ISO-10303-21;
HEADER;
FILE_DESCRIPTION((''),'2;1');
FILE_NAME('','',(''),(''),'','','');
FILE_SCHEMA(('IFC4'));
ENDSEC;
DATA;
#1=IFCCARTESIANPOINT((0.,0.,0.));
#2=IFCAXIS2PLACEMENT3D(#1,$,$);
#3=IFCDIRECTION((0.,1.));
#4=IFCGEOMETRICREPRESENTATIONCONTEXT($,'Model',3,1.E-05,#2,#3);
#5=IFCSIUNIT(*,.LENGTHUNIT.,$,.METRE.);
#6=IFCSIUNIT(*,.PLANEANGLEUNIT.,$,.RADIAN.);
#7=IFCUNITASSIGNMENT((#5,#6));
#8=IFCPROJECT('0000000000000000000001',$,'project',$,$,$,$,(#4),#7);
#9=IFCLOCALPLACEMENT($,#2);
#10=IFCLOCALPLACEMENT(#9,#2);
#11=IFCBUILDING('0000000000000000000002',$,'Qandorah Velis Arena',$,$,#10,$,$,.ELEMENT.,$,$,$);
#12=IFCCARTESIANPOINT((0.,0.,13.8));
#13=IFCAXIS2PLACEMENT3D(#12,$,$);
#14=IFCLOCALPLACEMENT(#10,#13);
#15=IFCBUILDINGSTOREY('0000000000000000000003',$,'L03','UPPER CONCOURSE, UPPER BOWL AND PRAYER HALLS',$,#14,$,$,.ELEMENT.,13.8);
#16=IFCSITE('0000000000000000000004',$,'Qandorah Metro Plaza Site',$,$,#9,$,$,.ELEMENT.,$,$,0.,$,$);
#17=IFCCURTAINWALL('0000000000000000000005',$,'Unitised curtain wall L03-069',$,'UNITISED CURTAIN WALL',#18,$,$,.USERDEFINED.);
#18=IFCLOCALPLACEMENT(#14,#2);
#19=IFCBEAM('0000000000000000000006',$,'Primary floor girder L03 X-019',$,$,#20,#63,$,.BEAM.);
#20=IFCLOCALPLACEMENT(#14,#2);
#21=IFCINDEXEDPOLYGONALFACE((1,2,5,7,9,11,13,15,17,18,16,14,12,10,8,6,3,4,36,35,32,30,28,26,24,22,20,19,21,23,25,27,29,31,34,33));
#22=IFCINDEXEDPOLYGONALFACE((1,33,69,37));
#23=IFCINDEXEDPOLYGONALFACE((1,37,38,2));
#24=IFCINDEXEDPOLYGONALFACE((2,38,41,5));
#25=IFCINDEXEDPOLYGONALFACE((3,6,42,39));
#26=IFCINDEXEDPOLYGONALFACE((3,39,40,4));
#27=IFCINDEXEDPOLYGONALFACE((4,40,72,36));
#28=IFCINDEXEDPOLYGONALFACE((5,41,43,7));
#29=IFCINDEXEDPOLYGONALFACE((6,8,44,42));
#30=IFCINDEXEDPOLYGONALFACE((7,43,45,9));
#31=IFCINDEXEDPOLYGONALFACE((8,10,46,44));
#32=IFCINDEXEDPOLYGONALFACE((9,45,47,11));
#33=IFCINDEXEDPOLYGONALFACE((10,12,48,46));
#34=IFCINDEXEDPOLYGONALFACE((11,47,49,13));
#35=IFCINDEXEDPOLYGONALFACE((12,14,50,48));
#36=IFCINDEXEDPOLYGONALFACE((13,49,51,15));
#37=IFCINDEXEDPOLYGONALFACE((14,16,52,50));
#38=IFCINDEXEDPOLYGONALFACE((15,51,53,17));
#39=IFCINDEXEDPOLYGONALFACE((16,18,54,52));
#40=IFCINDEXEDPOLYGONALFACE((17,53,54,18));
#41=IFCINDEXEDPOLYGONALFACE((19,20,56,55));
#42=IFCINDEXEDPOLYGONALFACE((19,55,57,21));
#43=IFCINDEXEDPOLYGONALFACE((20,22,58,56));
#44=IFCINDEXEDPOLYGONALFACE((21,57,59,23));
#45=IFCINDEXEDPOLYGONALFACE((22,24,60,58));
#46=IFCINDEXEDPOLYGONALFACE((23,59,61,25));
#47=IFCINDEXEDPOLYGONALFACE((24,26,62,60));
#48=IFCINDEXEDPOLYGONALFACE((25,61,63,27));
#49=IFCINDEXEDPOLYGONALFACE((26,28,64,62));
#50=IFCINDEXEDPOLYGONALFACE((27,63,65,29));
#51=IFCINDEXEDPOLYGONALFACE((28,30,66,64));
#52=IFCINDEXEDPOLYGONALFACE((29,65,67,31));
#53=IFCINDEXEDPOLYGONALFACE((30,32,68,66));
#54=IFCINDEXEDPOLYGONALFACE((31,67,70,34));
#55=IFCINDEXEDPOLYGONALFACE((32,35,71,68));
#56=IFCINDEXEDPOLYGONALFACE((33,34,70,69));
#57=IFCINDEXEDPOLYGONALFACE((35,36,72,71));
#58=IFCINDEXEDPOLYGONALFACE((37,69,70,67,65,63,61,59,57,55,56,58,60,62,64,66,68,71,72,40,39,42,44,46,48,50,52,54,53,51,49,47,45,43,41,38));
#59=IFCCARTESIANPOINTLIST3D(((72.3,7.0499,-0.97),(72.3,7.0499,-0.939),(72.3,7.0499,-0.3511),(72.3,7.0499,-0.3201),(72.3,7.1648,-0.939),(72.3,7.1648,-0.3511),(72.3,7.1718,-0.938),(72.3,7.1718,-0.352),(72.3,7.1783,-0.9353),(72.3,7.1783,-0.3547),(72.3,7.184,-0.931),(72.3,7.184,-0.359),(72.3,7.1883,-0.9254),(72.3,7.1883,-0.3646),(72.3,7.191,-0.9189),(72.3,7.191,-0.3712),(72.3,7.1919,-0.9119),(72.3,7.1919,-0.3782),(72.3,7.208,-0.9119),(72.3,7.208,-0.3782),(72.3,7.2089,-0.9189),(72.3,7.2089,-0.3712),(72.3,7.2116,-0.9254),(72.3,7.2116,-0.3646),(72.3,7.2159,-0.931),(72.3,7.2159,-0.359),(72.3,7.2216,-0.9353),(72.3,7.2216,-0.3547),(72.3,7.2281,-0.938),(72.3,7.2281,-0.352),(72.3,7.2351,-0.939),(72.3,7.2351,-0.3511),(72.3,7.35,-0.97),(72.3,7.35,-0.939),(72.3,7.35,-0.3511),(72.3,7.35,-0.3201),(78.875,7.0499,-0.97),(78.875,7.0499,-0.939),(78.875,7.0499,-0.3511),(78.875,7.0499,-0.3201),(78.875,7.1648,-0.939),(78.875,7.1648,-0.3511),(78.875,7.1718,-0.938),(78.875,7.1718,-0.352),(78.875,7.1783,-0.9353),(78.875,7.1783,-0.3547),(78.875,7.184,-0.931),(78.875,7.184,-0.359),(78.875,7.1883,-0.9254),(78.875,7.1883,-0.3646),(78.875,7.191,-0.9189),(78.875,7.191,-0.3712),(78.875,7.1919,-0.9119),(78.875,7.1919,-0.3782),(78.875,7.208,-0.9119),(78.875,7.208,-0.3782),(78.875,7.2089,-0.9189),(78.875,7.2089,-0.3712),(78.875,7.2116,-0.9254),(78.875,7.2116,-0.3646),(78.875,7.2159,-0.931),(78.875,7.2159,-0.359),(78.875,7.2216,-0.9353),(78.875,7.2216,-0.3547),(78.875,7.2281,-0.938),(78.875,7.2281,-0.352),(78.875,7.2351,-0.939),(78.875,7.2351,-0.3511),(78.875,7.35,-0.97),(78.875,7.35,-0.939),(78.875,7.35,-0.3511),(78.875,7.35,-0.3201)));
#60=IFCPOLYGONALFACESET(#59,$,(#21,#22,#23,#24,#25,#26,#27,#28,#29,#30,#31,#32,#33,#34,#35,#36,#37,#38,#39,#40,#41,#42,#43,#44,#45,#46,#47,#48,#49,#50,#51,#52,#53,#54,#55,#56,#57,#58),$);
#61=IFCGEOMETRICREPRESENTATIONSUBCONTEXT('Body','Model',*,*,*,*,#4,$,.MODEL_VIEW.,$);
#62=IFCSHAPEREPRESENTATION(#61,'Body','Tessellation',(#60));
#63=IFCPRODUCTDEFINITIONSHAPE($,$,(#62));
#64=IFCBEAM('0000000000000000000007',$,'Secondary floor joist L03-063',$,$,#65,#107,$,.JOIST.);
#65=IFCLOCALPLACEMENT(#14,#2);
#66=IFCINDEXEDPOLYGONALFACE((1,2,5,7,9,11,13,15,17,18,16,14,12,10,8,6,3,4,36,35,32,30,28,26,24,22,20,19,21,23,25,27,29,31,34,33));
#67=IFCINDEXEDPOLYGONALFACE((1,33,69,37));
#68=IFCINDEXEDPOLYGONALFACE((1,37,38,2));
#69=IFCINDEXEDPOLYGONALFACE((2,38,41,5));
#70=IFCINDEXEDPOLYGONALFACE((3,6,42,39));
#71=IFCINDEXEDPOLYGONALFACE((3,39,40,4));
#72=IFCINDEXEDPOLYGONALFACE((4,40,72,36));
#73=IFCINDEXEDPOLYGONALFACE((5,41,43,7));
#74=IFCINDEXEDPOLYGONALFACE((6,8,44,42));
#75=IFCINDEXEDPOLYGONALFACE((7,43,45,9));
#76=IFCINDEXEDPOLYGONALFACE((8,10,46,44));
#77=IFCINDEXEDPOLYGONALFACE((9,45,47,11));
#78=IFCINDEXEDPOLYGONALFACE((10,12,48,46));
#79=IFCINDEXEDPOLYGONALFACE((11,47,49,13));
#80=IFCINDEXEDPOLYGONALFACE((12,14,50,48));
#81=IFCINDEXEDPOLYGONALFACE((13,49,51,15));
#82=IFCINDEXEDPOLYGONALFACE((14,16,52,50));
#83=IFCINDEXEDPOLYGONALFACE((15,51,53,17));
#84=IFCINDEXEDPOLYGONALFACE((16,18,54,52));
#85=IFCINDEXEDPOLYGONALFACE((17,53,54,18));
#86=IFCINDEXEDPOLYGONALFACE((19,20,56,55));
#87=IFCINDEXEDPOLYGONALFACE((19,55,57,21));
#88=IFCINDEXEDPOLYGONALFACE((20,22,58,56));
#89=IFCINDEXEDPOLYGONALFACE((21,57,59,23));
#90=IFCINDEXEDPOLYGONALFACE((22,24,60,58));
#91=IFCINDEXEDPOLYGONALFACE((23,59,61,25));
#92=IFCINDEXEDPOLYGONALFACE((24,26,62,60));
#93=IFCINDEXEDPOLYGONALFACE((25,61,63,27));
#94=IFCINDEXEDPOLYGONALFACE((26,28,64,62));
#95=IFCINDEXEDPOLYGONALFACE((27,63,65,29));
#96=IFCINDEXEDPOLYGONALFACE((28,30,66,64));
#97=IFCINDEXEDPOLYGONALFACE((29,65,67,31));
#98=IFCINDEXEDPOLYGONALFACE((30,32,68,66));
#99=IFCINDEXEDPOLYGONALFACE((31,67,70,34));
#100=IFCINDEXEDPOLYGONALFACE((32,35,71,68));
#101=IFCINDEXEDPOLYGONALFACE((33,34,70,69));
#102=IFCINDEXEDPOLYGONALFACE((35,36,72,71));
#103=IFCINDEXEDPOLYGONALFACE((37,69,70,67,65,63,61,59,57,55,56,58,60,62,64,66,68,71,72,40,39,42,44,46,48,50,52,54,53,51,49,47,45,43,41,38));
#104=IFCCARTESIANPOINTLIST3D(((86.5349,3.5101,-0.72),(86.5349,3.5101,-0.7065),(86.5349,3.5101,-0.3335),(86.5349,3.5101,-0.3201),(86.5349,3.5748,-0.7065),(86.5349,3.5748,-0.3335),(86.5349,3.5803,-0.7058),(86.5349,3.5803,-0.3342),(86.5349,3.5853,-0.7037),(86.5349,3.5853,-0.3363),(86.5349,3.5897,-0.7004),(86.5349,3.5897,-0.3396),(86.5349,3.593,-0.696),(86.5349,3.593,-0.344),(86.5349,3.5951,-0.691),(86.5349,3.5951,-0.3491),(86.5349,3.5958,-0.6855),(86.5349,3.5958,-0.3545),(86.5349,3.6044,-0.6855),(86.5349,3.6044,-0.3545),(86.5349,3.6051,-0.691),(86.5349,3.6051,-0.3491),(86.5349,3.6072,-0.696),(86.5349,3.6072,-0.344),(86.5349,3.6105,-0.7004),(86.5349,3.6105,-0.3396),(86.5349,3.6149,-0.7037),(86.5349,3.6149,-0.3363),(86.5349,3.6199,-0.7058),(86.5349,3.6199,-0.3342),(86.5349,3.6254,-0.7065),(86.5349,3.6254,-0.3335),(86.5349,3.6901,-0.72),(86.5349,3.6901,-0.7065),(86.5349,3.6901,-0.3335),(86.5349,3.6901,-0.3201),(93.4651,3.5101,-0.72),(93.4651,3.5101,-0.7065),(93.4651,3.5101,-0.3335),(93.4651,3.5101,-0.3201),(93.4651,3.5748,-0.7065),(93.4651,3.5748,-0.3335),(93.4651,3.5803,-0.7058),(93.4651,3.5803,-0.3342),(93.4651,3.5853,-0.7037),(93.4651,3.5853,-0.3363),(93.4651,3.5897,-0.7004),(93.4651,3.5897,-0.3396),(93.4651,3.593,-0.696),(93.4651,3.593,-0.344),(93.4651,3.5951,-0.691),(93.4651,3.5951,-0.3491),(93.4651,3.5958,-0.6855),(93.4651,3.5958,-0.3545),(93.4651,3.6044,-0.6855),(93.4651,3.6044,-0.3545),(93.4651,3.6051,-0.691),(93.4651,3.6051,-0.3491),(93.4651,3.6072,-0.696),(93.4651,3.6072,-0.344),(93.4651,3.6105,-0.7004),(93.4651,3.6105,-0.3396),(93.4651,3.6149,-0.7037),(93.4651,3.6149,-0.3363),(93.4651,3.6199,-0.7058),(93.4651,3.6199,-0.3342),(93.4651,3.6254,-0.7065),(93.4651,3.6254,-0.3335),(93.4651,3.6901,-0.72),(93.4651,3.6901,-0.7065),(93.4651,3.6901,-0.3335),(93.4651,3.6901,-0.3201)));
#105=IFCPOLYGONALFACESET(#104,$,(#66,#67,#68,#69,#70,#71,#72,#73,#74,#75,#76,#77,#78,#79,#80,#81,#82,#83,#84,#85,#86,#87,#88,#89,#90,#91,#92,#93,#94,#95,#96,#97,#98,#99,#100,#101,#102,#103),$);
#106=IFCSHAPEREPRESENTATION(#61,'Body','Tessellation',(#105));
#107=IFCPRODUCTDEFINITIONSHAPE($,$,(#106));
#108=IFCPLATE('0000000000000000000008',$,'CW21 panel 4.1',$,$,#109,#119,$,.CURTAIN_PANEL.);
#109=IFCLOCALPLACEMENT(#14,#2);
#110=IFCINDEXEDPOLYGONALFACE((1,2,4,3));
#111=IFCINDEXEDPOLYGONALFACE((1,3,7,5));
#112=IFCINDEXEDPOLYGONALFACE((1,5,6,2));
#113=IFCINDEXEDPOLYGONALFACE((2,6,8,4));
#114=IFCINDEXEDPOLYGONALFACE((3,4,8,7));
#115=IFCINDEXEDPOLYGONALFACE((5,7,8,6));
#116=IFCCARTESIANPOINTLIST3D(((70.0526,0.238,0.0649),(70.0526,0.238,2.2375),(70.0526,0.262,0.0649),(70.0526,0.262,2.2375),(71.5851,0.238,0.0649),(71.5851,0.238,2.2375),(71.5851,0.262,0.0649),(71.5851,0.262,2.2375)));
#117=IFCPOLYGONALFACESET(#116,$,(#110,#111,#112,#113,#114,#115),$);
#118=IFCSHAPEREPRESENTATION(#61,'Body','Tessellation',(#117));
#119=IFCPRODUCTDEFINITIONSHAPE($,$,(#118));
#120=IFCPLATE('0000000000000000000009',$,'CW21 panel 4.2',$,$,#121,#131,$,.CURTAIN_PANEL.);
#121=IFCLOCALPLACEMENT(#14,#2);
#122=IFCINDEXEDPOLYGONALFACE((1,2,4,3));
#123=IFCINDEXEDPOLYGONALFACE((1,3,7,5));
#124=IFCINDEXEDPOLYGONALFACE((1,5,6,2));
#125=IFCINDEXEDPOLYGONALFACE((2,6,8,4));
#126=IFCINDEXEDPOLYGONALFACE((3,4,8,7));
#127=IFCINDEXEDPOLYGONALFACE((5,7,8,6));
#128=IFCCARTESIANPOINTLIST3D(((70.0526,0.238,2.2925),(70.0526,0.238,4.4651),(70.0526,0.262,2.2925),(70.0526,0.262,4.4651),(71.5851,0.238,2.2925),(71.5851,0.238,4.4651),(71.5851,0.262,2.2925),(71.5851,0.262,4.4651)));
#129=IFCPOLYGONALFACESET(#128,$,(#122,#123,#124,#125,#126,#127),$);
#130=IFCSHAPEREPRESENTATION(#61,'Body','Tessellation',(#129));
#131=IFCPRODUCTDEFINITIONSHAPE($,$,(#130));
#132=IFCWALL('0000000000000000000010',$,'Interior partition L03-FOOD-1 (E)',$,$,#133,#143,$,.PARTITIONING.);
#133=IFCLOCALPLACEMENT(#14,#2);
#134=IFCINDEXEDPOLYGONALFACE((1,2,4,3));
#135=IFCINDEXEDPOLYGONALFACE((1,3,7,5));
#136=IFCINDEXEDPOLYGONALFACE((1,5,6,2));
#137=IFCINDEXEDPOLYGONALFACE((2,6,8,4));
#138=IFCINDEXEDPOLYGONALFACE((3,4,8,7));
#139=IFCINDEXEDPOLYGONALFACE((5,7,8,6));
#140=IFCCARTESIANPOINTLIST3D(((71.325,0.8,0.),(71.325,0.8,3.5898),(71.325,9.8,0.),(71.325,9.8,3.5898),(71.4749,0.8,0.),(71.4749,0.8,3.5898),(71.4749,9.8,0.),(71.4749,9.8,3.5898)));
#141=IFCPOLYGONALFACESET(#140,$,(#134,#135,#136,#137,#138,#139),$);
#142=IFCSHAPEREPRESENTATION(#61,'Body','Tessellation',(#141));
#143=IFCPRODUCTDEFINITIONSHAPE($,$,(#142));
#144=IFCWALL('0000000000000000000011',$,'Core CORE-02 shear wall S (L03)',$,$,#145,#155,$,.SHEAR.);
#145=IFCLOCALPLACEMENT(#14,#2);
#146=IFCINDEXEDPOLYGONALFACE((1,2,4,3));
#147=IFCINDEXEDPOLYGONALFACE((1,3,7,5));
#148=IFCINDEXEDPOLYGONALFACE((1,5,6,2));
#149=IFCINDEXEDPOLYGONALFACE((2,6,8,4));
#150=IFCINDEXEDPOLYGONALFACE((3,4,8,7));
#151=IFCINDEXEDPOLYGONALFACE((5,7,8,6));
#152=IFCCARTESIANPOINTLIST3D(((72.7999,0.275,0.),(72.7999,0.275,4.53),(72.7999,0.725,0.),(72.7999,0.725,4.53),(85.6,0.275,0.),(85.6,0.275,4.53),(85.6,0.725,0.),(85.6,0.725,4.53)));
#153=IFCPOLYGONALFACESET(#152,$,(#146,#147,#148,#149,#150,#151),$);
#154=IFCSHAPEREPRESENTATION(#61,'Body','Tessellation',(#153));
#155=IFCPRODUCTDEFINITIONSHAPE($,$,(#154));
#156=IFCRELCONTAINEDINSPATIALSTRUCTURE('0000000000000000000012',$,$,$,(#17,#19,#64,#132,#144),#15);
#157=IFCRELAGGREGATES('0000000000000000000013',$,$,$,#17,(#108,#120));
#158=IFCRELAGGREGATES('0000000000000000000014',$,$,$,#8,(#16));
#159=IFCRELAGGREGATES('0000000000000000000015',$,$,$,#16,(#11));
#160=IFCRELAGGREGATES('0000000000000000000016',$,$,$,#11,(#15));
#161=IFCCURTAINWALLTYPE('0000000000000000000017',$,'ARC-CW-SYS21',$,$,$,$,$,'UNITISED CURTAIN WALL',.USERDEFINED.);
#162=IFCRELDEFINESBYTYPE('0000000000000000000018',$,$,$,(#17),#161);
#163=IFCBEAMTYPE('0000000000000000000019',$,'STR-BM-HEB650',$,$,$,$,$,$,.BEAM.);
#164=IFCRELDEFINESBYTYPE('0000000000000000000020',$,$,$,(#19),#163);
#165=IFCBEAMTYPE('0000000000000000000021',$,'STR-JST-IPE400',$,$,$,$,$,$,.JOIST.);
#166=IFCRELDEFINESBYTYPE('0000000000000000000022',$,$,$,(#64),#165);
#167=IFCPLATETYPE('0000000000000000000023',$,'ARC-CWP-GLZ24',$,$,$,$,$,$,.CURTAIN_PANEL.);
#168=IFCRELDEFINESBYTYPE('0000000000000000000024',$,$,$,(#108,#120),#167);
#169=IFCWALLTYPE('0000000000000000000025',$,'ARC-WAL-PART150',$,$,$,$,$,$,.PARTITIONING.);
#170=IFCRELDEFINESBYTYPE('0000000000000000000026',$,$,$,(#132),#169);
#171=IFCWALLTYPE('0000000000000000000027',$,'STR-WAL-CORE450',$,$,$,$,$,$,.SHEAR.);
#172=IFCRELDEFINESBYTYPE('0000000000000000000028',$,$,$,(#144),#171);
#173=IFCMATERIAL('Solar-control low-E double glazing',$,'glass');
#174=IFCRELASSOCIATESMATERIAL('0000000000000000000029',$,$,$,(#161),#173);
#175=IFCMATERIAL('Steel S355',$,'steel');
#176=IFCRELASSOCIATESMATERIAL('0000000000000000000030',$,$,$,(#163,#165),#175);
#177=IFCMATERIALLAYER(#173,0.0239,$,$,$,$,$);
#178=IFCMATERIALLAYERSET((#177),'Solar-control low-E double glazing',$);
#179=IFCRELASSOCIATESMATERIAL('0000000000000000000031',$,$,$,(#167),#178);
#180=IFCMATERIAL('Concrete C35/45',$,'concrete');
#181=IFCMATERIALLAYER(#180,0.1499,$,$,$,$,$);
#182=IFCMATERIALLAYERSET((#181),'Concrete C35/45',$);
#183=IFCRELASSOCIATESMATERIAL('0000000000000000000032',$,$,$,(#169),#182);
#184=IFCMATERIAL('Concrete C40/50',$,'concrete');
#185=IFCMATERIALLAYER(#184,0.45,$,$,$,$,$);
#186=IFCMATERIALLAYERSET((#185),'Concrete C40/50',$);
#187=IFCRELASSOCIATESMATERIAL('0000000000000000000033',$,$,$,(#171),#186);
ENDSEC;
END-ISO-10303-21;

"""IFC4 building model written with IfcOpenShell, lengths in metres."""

from ifc_helpers import new_model, si_unit, direction, frame, frame_2d, origin, origin_2d, place, context, subcontext, project, spatial, rectangle, i_section, extrude, material, layer, layer_set, material_profile, profile_set, type_object, element, aggregate, save


model = new_model("IFC4")

# Units and contexts
model_context = context("Model", 3, precision=1e-05, world=origin(), true_north=direction((0.0, 1.0)))
body_context = subcontext(model_context, "Body", "Model", "MODEL_VIEW")
ifc_project = project(units=[si_unit("LENGTHUNIT", "METRE"), si_unit("PLANEANGLEUNIT", "RADIAN")], contexts=[model_context])

# Site, building, storey
site_placement = place(None, origin())
site = spatial("IfcSite", under=ifc_project, at=site_placement, Name="Qandorah Metro Plaza Site", CompositionType="ELEMENT", RefElevation=0.0)
building_placement = place(site_placement, origin())
building = spatial("IfcBuilding", under=site, at=building_placement, Name="Qandorah Velis Arena", CompositionType="ELEMENT")
storey_placement = place(building_placement, frame((0.0, 0.0, 13.8)))
storey = spatial("IfcBuildingStorey", under=building, at=storey_placement, Name="L03", Description="UPPER CONCOURSE, UPPER BOWL AND PRAYER HALLS", CompositionType="ELEMENT", Elevation=13.8)

# Shared definitions
ifc_material_1 = material(Name="Concrete C40/50", Category="concrete")

# Curtain wall
ifc_material_2 = material(Name="Solar-control low-E double glazing", Category="glass")
curtain_wall_type = type_object("IfcCurtainWallType", Name="ARC-CW-SYS21", ElementType="UNITISED CURTAIN WALL", PredefinedType="USERDEFINED", material=ifc_material_2)
curtain_wall_placement = place(storey_placement, origin())
curtain_wall = element("IfcCurtainWall", 1, at=curtain_wall_placement, inside=storey, type_object=curtain_wall_type, Name="Unitised curtain wall L03-069", ObjectType="UNITISED CURTAIN WALL", PredefinedType="USERDEFINED")

# Beams
ifc_material_3 = material(Name="Steel S355", Category="steel")
ifc_material_profile_1 = material_profile(ifc_material_3, i_section(OverallWidth=0.3, OverallDepth=0.6499, WebThickness=0.0161, FlangeThickness=0.031, FilletRadius=0.0271, at=origin_2d()), Name="HEB 650")
ifc_profile_set_1 = profile_set([ifc_material_profile_1], Name="Steel S355")
beam_type_1 = type_object("IfcBeamType", Name="STR-BM-HEB650", PredefinedType="BEAM", material=ifc_profile_set_1)
beam_1_placement = place(storey_placement, frame((72.3, 7.2, -0.645), z_axis=(1.0, 0.0, 0.0), x_axis=(0.0, 1.0, 0.0)))
element("IfcBeam", 2, at=beam_1_placement, inside=storey, type_object=beam_type_1, Name="Primary floor girder L03 X-019", PredefinedType="BEAM", context=body_context, shape_type="SweptSolid", body=[
    extrude(i_section(OverallWidth=0.3, OverallDepth=0.6499, WebThickness=0.0161, FlangeThickness=0.031, FilletRadius=0.0271, at=origin_2d()), origin(), (0.0, 0.0, 1.0), 6.575),
])
ifc_material_profile_2 = material_profile(ifc_material_3, i_section(OverallWidth=0.1799, OverallDepth=0.3999, WebThickness=0.0085, FlangeThickness=0.0134, FilletRadius=0.021, at=origin_2d()), Name="IPE 400")
ifc_profile_set_2 = profile_set([ifc_material_profile_2], Name="Steel S355")
beam_type_2 = type_object("IfcBeamType", Name="STR-JST-IPE400", PredefinedType="JOIST", material=ifc_profile_set_2)
beam_2_placement = place(storey_placement, frame((86.5349, 3.6001, -0.52), z_axis=(1.0, 0.0, 0.0), x_axis=(0.0, 1.0, 0.0)))
element("IfcBeam", 3, at=beam_2_placement, inside=storey, type_object=beam_type_2, Name="Secondary floor joist L03-063", PredefinedType="JOIST", context=body_context, shape_type="SweptSolid", body=[
    extrude(i_section(OverallWidth=0.1799, OverallDepth=0.3999, WebThickness=0.0085, FlangeThickness=0.0134, FilletRadius=0.021, at=origin_2d()), origin(), (0.0, 0.0, 1.0), 6.9302),
])

# Plates
ifc_layer_1 = layer(ifc_material_2, 0.0239)
ifc_layer_set_1 = layer_set([ifc_layer_1], Name="Solar-control low-E double glazing")
plate_type = type_object("IfcPlateType", Name="ARC-CWP-GLZ24", PredefinedType="CURTAIN_PANEL", material=ifc_layer_set_1)
plate_1_placement = place(storey_placement, frame((70.8188, 0.25, 0.0649), z_axis=(0.0, 0.0, 1.0), x_axis=(1.0, 0.0, 0.0)))
plate_1 = element("IfcPlate", 4, at=plate_1_placement, type_object=plate_type, Name="CW21 panel 4.1", PredefinedType="CURTAIN_PANEL", context=body_context, shape_type="SweptSolid", body=[
    extrude(rectangle(XDim=1.5325, YDim=0.0239, at=origin_2d()), origin(), (0.0, 0.0, 1.0), 2.1726),
])
plate_2_placement = place(storey_placement, frame((70.8188, 0.25, 2.2925), z_axis=(0.0, 0.0, 1.0), x_axis=(1.0, 0.0, 0.0)))
plate_2 = element("IfcPlate", 5, at=plate_2_placement, type_object=plate_type, Name="CW21 panel 4.2", PredefinedType="CURTAIN_PANEL", context=body_context, shape_type="SweptSolid", body=[
    extrude(rectangle(XDim=1.5325, YDim=0.0239, at=origin_2d()), origin(), (0.0, 0.0, 1.0), 2.1726),
])
aggregate(curtain_wall, [plate_1, plate_2])

# Walls
ifc_material_4 = material(Name="Concrete C35/45", Category="concrete")
ifc_layer_2 = layer(ifc_material_4, 0.1499)
ifc_layer_set_2 = layer_set([ifc_layer_2], Name="Concrete C35/45")
wall_type_1 = type_object("IfcWallType", Name="ARC-WAL-PART150", PredefinedType="PARTITIONING", material=ifc_layer_set_2)
wall_1_placement = place(storey_placement, frame((71.3999, 0.8, 0.0), z_axis=(0.0, 0.0, 1.0), x_axis=(0.0, 1.0, 0.0)))
element("IfcWall", 6, at=wall_1_placement, inside=storey, type_object=wall_type_1, Name="Interior partition L03-FOOD-1 (E)", PredefinedType="PARTITIONING", context=body_context, shape_type="SweptSolid", body=[
    extrude(rectangle(XDim=9.0, YDim=0.1499, at=frame_2d((4.5, 0.0))), origin(), (0.0, 0.0, 1.0), 3.5898),
])
ifc_layer_3 = layer(ifc_material_1, 0.45)
ifc_layer_set_3 = layer_set([ifc_layer_3], Name="Concrete C40/50")
wall_type_2 = type_object("IfcWallType", Name="STR-WAL-CORE450", PredefinedType="SHEAR", material=ifc_layer_set_3)
wall_2_placement = place(storey_placement, frame((72.8, 0.5, 0.0), z_axis=(0.0, 0.0, 1.0), x_axis=(1.0, 0.0, 0.0)))
element("IfcWall", 7, at=wall_2_placement, inside=storey, type_object=wall_type_2, Name="Core CORE-02 shear wall S (L03)", PredefinedType="SHEAR", context=body_context, shape_type="SweptSolid", body=[
    extrude(rectangle(XDim=12.8, YDim=0.45, at=frame_2d((6.3999, 0.0))), origin(), (0.0, 0.0, 1.0), 4.53),
])

save(model, "model.ifc")
